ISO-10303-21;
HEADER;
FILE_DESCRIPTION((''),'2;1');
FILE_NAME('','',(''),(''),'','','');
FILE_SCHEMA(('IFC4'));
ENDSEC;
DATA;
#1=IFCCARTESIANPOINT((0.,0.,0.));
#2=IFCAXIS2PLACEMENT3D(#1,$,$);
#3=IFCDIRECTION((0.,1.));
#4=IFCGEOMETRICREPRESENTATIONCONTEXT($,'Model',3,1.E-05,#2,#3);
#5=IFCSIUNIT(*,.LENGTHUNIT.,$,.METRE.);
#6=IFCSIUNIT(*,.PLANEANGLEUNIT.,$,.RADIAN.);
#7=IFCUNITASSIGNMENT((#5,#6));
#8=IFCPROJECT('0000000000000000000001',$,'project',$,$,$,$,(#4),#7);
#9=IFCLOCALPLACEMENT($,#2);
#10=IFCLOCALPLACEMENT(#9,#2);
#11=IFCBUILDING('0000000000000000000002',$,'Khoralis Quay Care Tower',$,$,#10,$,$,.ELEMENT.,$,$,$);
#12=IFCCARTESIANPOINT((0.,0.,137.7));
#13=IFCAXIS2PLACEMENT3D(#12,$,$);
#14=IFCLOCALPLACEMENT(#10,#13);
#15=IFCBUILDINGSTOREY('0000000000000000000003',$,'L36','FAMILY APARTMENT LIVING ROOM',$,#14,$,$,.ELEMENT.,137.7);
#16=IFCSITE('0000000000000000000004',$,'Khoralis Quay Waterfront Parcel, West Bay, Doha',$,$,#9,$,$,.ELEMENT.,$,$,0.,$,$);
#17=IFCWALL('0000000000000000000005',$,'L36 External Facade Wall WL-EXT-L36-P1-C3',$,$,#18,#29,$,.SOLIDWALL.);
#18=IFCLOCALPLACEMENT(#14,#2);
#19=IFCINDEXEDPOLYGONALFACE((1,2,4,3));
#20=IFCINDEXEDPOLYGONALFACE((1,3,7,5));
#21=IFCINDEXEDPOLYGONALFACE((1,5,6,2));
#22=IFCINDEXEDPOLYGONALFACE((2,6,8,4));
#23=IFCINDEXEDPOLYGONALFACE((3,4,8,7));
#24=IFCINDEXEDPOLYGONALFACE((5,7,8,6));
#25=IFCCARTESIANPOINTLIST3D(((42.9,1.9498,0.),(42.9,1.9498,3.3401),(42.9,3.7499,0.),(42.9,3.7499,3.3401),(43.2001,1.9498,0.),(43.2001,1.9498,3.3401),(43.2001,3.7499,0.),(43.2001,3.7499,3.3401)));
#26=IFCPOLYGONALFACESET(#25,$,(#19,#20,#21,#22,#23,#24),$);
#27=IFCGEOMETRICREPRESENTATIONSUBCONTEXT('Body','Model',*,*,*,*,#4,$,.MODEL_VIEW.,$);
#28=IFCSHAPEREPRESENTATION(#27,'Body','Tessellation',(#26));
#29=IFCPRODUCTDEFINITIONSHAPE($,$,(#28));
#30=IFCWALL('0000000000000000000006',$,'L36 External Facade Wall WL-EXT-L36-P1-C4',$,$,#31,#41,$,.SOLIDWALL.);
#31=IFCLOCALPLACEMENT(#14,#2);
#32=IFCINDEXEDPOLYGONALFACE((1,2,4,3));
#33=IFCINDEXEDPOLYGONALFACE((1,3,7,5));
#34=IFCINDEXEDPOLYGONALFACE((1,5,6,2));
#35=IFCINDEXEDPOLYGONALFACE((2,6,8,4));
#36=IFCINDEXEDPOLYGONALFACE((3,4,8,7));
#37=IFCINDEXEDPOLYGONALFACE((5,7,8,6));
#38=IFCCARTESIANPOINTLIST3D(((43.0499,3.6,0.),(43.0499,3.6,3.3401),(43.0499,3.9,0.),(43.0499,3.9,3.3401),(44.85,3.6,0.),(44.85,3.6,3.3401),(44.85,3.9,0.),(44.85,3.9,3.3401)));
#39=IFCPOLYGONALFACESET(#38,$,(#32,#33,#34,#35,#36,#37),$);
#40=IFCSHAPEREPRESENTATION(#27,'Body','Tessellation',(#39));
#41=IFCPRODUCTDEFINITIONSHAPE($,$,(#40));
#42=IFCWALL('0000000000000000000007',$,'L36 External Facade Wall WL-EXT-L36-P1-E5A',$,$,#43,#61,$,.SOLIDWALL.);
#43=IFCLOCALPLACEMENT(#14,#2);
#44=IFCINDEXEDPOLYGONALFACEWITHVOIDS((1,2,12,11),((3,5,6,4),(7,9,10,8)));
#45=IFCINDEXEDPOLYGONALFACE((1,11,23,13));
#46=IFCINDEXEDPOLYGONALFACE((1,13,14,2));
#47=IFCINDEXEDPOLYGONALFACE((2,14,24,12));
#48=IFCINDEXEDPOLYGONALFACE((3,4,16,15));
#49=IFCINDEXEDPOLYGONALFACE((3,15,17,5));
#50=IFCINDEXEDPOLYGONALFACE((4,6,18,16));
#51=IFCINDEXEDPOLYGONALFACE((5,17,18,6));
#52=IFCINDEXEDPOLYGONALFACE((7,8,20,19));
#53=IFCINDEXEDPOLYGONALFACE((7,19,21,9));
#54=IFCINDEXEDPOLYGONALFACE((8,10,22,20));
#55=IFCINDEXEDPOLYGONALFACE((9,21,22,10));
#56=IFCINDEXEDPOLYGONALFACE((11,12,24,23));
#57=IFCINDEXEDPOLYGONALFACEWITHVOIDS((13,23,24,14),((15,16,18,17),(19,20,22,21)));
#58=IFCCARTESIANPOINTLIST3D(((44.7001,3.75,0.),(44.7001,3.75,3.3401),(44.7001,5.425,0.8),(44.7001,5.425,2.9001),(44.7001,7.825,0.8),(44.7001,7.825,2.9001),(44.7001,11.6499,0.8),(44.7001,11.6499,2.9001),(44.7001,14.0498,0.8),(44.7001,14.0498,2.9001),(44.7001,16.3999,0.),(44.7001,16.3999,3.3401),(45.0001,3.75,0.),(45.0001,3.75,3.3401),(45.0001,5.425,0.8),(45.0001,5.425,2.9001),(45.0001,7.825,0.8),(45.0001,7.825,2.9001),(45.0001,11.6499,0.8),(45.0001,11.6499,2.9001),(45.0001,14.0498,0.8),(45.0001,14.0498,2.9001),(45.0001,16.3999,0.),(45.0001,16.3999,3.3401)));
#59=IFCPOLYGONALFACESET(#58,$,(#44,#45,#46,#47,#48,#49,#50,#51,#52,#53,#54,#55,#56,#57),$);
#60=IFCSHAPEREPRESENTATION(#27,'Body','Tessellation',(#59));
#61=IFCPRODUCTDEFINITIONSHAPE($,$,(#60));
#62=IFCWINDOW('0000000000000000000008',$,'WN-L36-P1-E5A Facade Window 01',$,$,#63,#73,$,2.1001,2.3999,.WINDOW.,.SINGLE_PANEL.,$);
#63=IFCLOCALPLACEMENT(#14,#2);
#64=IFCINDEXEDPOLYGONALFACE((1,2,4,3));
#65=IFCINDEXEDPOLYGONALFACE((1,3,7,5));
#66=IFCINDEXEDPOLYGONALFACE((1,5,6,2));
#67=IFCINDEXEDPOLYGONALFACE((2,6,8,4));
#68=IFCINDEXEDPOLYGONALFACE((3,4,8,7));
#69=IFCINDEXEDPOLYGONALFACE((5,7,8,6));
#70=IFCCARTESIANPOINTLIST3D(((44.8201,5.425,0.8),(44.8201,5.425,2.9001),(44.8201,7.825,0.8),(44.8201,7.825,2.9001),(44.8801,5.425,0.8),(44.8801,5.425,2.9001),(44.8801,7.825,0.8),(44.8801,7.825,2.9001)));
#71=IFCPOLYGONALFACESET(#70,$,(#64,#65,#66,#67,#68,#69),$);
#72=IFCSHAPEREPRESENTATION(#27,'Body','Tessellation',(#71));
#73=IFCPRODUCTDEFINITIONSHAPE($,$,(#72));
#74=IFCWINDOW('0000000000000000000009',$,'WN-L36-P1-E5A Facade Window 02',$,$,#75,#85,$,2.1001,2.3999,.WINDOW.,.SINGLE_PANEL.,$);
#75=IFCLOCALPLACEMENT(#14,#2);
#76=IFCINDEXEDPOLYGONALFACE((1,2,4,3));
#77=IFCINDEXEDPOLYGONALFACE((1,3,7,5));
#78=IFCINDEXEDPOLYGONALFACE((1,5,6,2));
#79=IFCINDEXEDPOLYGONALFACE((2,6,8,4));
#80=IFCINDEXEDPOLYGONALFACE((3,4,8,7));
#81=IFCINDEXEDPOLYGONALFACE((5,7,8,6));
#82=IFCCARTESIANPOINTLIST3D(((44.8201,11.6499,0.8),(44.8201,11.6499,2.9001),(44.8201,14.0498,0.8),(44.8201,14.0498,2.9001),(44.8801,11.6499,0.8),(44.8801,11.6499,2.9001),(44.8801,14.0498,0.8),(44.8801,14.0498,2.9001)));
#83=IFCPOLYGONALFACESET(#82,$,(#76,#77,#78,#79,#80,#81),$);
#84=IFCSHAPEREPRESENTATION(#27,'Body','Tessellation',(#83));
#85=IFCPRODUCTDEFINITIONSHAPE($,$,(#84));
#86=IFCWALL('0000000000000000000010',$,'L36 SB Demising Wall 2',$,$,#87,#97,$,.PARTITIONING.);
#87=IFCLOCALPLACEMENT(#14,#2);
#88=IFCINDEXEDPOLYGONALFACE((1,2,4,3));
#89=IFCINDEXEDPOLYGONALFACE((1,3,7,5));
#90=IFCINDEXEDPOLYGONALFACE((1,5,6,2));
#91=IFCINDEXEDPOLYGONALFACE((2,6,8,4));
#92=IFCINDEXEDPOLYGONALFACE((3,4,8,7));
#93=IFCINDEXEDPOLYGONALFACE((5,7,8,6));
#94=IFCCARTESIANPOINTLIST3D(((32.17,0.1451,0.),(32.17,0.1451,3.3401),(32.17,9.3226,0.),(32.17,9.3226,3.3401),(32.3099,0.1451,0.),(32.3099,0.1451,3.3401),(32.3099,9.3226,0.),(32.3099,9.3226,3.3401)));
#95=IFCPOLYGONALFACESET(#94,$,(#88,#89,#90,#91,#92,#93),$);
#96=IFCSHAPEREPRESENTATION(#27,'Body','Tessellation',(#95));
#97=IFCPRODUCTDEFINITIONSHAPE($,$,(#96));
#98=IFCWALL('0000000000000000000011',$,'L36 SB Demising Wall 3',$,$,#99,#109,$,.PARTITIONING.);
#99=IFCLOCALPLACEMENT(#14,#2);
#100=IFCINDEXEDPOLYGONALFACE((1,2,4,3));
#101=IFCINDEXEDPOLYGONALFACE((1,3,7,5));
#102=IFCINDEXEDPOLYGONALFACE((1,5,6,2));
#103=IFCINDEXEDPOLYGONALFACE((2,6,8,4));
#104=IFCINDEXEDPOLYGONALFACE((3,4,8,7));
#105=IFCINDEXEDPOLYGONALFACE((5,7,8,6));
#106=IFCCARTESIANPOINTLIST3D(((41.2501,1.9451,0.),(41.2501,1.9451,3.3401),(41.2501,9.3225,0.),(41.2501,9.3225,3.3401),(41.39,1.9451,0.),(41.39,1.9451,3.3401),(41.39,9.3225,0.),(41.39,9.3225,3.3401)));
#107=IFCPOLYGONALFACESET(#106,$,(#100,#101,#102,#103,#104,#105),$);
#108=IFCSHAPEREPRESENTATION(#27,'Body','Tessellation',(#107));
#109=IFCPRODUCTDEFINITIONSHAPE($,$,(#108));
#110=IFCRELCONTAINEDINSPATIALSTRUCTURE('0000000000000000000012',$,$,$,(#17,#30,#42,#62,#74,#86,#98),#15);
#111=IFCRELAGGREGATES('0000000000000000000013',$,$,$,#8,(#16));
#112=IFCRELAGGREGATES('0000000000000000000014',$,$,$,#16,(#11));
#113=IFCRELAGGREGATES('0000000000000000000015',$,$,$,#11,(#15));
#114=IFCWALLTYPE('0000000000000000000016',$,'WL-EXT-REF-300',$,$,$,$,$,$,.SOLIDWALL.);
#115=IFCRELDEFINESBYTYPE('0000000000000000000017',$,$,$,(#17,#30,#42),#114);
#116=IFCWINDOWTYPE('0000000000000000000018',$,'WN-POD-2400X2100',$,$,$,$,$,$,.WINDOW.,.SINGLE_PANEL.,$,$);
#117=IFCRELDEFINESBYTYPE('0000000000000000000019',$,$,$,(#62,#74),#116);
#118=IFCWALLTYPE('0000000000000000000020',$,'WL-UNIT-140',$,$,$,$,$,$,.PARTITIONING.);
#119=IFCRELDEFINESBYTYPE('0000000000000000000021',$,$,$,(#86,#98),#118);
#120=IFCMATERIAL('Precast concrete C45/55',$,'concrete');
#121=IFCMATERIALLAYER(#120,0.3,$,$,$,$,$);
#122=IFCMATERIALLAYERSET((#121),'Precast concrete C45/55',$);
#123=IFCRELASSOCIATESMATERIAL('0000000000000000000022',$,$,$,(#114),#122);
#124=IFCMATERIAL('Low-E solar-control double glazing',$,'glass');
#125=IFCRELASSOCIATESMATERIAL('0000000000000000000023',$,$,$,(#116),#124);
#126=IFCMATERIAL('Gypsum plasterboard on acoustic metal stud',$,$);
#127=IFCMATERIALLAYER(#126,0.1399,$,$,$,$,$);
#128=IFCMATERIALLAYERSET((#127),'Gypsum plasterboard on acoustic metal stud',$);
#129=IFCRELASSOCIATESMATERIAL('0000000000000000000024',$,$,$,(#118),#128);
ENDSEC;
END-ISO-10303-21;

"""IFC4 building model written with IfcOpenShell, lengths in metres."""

from ifc_helpers import new_model, si_unit, direction, frame, frame_2d, origin, place, context, subcontext, project, spatial, rectangle, extrude, source, transform, mapped, material, layer, layer_set, type_object, element, fill, save


model = new_model("IFC4")

# Units and contexts
model_context = context("Model", 3, precision=1e-05, world=origin(), true_north=direction((0.0, 1.0)))
body_context = subcontext(model_context, "Body", "Model", "MODEL_VIEW")
ifc_project = project(units=[si_unit("LENGTHUNIT", "METRE"), si_unit("PLANEANGLEUNIT", "RADIAN")], contexts=[model_context])

# Site, building, storey
site_placement = place(None, origin())
site = spatial("IfcSite", under=ifc_project, at=site_placement, Name="Khoralis Quay Waterfront Parcel, West Bay, Doha", CompositionType="ELEMENT", RefElevation=0.0)
building_placement = place(site_placement, origin())
building = spatial("IfcBuilding", under=site, at=building_placement, Name="Khoralis Quay Care Tower", CompositionType="ELEMENT")
storey_placement = place(building_placement, frame((0.0, 0.0, 137.7)))
storey = spatial("IfcBuildingStorey", under=building, at=storey_placement, Name="L36", Description="FAMILY APARTMENT LIVING ROOM", CompositionType="ELEMENT", Elevation=137.7)

# Shared definitions
ifc_material_1 = material(Name="Gypsum plasterboard on acoustic metal stud")

# Walls
ifc_material_2 = material(Name="Precast concrete C45/55", Category="concrete")
ifc_layer_1 = layer(ifc_material_2, 0.3)
ifc_layer_set_1 = layer_set([ifc_layer_1], Name="Precast concrete C45/55")
wall_type_1 = type_object("IfcWallType", Name="WL-EXT-REF-300", PredefinedType="SOLIDWALL", material=ifc_layer_set_1)
for number, where, z_axis, x_axis, name in (
    (1, (43.05, 1.95, 0.0), (0.0, 0.0, 1.0), (0.0, 1.0, 0.0), "L36 External Facade Wall WL-EXT-L36-P1-C3"),
    (2, (43.05, 3.75, 0.0), (0.0, 0.0, 1.0), (1.0, 0.0, 0.0), "L36 External Facade Wall WL-EXT-L36-P1-C4"),
):
    element("IfcWall", number, at=place(storey_placement, frame(where, z_axis=z_axis, x_axis=x_axis)), inside=storey, type_object=wall_type_1, Name=name, PredefinedType="SOLIDWALL", context=body_context, shape_type="SweptSolid", body=[
        extrude(rectangle(XDim=1.8, YDim=0.3, at=frame_2d((0.8999, 0.0))), origin(), (0.0, 0.0, 1.0), 3.3401),
    ])

# Wall, openings, windows
wall_1_placement = place(storey_placement, frame((44.8501, 3.75, 0.0), z_axis=(0.0, 0.0, 1.0), x_axis=(0.0, 1.0, 0.0)))
wall_1 = element("IfcWall", 3, at=wall_1_placement, inside=storey, type_object=wall_type_1, Name="L36 External Facade Wall WL-EXT-L36-P1-E5A", PredefinedType="SOLIDWALL", context=body_context, shape_type="SweptSolid", body=[
    extrude(rectangle(XDim=12.6499, YDim=0.3, at=frame_2d((6.325, 0.0))), origin(), (0.0, 0.0, 1.0), 3.3401),
])
opening_1_placement = place(wall_1_placement, frame((1.675, 0.0, 0.8)))
opening_1 = element("IfcOpeningElement", 4, at=opening_1_placement, cuts=wall_1, PredefinedType="OPENING", context=body_context, shape_type="SweptSolid", body=[
    extrude(rectangle(XDim=2.3999, YDim=2.1001, at=frame_2d((1.2, 1.05))), frame((0.0, 0.1602, 0.0), z_axis=(0.0, -1.0, 0.0), x_axis=(1.0, 0.0, 0.0)), (0.0, 0.0, 1.0), 0.3201),
])
opening_2_placement = place(wall_1_placement, frame((7.8999, 0.0, 0.8)))
opening_2 = element("IfcOpeningElement", 5, at=opening_2_placement, cuts=wall_1, PredefinedType="OPENING", context=body_context, shape_type="SweptSolid", body=[
    extrude(rectangle(XDim=2.3999, YDim=2.1001, at=frame_2d((1.2, 1.05))), frame((0.0, 0.1602, 0.0), z_axis=(0.0, -1.0, 0.0), x_axis=(1.0, 0.0, 0.0)), (0.0, 0.0, 1.0), 0.3201),
])
ifc_material_3 = material(Name="Low-E solar-control double glazing", Category="glass")
window_type = type_object("IfcWindowType", Name="WN-POD-2400X2100", PartitioningType="SINGLE_PANEL", PredefinedType="WINDOW", material=ifc_material_3)
shared_shape_1 = source(origin(), body_context, "Body", "SweptSolid", [
    extrude(rectangle(XDim=2.3999, YDim=2.1001, at=frame_2d((1.2, 1.05))), frame((0.0, 0.03, 0.0), z_axis=(0.0, -1.0, 0.0), x_axis=(1.0, 0.0, 0.0)), (0.0, 0.0, 1.0), 0.0601),
])
window_1_placement = place(opening_1_placement, origin())
window_1 = element("IfcWindow", 6, at=window_1_placement, inside=storey, type_object=window_type, Name="WN-L36-P1-E5A Facade Window 01", OverallHeight=2.1001, OverallWidth=2.3999, PartitioningType="SINGLE_PANEL", PredefinedType="WINDOW", context=body_context, shape_type="MappedRepresentation", body=[
    mapped(shared_shape_1, transform((0.0, 0.0, 0.0), scale=1.0)),
])
fill(opening_1, window_1)
window_2_placement = place(opening_2_placement, origin())
window_2 = element("IfcWindow", 7, at=window_2_placement, inside=storey, type_object=window_type, Name="WN-L36-P1-E5A Facade Window 02", OverallHeight=2.1001, OverallWidth=2.3999, PartitioningType="SINGLE_PANEL", PredefinedType="WINDOW", context=body_context, shape_type="MappedRepresentation", body=[
    mapped(shared_shape_1, transform((0.0, 0.0, 0.0), scale=1.0)),
])
fill(opening_2, window_2)

# Walls
ifc_layer_2 = layer(ifc_material_1, 0.1399)
ifc_layer_set_2 = layer_set([ifc_layer_2], Name="Gypsum plasterboard on acoustic metal stud")
wall_type_2 = type_object("IfcWallType", Name="WL-UNIT-140", PredefinedType="PARTITIONING", material=ifc_layer_set_2)
wall_2_placement = place(storey_placement, frame((32.24, 0.145, 0.0), z_axis=(0.0, 0.0, 1.0), x_axis=(0.0, 1.0, 0.0)))
element("IfcWall", 8, at=wall_2_placement, inside=storey, type_object=wall_type_2, Name="L36 SB Demising Wall 2", PredefinedType="PARTITIONING", context=body_context, shape_type="SweptSolid", body=[
    extrude(rectangle(XDim=9.1775, YDim=0.1399, at=frame_2d((4.5889, 0.0))), origin(), (0.0, 0.0, 1.0), 3.3401),
])
wall_3_placement = place(storey_placement, frame((41.3201, 1.9451, 0.0), z_axis=(0.0, 0.0, 1.0), x_axis=(0.0, 1.0, 0.0)))
element("IfcWall", 9, at=wall_3_placement, inside=storey, type_object=wall_type_2, Name="L36 SB Demising Wall 3", PredefinedType="PARTITIONING", context=body_context, shape_type="SweptSolid", body=[
    extrude(rectangle(XDim=7.3774, YDim=0.1399, at=frame_2d((3.6887, 0.0))), origin(), (0.0, 0.0, 1.0), 3.3401),
])

save(model, "model.ifc")
